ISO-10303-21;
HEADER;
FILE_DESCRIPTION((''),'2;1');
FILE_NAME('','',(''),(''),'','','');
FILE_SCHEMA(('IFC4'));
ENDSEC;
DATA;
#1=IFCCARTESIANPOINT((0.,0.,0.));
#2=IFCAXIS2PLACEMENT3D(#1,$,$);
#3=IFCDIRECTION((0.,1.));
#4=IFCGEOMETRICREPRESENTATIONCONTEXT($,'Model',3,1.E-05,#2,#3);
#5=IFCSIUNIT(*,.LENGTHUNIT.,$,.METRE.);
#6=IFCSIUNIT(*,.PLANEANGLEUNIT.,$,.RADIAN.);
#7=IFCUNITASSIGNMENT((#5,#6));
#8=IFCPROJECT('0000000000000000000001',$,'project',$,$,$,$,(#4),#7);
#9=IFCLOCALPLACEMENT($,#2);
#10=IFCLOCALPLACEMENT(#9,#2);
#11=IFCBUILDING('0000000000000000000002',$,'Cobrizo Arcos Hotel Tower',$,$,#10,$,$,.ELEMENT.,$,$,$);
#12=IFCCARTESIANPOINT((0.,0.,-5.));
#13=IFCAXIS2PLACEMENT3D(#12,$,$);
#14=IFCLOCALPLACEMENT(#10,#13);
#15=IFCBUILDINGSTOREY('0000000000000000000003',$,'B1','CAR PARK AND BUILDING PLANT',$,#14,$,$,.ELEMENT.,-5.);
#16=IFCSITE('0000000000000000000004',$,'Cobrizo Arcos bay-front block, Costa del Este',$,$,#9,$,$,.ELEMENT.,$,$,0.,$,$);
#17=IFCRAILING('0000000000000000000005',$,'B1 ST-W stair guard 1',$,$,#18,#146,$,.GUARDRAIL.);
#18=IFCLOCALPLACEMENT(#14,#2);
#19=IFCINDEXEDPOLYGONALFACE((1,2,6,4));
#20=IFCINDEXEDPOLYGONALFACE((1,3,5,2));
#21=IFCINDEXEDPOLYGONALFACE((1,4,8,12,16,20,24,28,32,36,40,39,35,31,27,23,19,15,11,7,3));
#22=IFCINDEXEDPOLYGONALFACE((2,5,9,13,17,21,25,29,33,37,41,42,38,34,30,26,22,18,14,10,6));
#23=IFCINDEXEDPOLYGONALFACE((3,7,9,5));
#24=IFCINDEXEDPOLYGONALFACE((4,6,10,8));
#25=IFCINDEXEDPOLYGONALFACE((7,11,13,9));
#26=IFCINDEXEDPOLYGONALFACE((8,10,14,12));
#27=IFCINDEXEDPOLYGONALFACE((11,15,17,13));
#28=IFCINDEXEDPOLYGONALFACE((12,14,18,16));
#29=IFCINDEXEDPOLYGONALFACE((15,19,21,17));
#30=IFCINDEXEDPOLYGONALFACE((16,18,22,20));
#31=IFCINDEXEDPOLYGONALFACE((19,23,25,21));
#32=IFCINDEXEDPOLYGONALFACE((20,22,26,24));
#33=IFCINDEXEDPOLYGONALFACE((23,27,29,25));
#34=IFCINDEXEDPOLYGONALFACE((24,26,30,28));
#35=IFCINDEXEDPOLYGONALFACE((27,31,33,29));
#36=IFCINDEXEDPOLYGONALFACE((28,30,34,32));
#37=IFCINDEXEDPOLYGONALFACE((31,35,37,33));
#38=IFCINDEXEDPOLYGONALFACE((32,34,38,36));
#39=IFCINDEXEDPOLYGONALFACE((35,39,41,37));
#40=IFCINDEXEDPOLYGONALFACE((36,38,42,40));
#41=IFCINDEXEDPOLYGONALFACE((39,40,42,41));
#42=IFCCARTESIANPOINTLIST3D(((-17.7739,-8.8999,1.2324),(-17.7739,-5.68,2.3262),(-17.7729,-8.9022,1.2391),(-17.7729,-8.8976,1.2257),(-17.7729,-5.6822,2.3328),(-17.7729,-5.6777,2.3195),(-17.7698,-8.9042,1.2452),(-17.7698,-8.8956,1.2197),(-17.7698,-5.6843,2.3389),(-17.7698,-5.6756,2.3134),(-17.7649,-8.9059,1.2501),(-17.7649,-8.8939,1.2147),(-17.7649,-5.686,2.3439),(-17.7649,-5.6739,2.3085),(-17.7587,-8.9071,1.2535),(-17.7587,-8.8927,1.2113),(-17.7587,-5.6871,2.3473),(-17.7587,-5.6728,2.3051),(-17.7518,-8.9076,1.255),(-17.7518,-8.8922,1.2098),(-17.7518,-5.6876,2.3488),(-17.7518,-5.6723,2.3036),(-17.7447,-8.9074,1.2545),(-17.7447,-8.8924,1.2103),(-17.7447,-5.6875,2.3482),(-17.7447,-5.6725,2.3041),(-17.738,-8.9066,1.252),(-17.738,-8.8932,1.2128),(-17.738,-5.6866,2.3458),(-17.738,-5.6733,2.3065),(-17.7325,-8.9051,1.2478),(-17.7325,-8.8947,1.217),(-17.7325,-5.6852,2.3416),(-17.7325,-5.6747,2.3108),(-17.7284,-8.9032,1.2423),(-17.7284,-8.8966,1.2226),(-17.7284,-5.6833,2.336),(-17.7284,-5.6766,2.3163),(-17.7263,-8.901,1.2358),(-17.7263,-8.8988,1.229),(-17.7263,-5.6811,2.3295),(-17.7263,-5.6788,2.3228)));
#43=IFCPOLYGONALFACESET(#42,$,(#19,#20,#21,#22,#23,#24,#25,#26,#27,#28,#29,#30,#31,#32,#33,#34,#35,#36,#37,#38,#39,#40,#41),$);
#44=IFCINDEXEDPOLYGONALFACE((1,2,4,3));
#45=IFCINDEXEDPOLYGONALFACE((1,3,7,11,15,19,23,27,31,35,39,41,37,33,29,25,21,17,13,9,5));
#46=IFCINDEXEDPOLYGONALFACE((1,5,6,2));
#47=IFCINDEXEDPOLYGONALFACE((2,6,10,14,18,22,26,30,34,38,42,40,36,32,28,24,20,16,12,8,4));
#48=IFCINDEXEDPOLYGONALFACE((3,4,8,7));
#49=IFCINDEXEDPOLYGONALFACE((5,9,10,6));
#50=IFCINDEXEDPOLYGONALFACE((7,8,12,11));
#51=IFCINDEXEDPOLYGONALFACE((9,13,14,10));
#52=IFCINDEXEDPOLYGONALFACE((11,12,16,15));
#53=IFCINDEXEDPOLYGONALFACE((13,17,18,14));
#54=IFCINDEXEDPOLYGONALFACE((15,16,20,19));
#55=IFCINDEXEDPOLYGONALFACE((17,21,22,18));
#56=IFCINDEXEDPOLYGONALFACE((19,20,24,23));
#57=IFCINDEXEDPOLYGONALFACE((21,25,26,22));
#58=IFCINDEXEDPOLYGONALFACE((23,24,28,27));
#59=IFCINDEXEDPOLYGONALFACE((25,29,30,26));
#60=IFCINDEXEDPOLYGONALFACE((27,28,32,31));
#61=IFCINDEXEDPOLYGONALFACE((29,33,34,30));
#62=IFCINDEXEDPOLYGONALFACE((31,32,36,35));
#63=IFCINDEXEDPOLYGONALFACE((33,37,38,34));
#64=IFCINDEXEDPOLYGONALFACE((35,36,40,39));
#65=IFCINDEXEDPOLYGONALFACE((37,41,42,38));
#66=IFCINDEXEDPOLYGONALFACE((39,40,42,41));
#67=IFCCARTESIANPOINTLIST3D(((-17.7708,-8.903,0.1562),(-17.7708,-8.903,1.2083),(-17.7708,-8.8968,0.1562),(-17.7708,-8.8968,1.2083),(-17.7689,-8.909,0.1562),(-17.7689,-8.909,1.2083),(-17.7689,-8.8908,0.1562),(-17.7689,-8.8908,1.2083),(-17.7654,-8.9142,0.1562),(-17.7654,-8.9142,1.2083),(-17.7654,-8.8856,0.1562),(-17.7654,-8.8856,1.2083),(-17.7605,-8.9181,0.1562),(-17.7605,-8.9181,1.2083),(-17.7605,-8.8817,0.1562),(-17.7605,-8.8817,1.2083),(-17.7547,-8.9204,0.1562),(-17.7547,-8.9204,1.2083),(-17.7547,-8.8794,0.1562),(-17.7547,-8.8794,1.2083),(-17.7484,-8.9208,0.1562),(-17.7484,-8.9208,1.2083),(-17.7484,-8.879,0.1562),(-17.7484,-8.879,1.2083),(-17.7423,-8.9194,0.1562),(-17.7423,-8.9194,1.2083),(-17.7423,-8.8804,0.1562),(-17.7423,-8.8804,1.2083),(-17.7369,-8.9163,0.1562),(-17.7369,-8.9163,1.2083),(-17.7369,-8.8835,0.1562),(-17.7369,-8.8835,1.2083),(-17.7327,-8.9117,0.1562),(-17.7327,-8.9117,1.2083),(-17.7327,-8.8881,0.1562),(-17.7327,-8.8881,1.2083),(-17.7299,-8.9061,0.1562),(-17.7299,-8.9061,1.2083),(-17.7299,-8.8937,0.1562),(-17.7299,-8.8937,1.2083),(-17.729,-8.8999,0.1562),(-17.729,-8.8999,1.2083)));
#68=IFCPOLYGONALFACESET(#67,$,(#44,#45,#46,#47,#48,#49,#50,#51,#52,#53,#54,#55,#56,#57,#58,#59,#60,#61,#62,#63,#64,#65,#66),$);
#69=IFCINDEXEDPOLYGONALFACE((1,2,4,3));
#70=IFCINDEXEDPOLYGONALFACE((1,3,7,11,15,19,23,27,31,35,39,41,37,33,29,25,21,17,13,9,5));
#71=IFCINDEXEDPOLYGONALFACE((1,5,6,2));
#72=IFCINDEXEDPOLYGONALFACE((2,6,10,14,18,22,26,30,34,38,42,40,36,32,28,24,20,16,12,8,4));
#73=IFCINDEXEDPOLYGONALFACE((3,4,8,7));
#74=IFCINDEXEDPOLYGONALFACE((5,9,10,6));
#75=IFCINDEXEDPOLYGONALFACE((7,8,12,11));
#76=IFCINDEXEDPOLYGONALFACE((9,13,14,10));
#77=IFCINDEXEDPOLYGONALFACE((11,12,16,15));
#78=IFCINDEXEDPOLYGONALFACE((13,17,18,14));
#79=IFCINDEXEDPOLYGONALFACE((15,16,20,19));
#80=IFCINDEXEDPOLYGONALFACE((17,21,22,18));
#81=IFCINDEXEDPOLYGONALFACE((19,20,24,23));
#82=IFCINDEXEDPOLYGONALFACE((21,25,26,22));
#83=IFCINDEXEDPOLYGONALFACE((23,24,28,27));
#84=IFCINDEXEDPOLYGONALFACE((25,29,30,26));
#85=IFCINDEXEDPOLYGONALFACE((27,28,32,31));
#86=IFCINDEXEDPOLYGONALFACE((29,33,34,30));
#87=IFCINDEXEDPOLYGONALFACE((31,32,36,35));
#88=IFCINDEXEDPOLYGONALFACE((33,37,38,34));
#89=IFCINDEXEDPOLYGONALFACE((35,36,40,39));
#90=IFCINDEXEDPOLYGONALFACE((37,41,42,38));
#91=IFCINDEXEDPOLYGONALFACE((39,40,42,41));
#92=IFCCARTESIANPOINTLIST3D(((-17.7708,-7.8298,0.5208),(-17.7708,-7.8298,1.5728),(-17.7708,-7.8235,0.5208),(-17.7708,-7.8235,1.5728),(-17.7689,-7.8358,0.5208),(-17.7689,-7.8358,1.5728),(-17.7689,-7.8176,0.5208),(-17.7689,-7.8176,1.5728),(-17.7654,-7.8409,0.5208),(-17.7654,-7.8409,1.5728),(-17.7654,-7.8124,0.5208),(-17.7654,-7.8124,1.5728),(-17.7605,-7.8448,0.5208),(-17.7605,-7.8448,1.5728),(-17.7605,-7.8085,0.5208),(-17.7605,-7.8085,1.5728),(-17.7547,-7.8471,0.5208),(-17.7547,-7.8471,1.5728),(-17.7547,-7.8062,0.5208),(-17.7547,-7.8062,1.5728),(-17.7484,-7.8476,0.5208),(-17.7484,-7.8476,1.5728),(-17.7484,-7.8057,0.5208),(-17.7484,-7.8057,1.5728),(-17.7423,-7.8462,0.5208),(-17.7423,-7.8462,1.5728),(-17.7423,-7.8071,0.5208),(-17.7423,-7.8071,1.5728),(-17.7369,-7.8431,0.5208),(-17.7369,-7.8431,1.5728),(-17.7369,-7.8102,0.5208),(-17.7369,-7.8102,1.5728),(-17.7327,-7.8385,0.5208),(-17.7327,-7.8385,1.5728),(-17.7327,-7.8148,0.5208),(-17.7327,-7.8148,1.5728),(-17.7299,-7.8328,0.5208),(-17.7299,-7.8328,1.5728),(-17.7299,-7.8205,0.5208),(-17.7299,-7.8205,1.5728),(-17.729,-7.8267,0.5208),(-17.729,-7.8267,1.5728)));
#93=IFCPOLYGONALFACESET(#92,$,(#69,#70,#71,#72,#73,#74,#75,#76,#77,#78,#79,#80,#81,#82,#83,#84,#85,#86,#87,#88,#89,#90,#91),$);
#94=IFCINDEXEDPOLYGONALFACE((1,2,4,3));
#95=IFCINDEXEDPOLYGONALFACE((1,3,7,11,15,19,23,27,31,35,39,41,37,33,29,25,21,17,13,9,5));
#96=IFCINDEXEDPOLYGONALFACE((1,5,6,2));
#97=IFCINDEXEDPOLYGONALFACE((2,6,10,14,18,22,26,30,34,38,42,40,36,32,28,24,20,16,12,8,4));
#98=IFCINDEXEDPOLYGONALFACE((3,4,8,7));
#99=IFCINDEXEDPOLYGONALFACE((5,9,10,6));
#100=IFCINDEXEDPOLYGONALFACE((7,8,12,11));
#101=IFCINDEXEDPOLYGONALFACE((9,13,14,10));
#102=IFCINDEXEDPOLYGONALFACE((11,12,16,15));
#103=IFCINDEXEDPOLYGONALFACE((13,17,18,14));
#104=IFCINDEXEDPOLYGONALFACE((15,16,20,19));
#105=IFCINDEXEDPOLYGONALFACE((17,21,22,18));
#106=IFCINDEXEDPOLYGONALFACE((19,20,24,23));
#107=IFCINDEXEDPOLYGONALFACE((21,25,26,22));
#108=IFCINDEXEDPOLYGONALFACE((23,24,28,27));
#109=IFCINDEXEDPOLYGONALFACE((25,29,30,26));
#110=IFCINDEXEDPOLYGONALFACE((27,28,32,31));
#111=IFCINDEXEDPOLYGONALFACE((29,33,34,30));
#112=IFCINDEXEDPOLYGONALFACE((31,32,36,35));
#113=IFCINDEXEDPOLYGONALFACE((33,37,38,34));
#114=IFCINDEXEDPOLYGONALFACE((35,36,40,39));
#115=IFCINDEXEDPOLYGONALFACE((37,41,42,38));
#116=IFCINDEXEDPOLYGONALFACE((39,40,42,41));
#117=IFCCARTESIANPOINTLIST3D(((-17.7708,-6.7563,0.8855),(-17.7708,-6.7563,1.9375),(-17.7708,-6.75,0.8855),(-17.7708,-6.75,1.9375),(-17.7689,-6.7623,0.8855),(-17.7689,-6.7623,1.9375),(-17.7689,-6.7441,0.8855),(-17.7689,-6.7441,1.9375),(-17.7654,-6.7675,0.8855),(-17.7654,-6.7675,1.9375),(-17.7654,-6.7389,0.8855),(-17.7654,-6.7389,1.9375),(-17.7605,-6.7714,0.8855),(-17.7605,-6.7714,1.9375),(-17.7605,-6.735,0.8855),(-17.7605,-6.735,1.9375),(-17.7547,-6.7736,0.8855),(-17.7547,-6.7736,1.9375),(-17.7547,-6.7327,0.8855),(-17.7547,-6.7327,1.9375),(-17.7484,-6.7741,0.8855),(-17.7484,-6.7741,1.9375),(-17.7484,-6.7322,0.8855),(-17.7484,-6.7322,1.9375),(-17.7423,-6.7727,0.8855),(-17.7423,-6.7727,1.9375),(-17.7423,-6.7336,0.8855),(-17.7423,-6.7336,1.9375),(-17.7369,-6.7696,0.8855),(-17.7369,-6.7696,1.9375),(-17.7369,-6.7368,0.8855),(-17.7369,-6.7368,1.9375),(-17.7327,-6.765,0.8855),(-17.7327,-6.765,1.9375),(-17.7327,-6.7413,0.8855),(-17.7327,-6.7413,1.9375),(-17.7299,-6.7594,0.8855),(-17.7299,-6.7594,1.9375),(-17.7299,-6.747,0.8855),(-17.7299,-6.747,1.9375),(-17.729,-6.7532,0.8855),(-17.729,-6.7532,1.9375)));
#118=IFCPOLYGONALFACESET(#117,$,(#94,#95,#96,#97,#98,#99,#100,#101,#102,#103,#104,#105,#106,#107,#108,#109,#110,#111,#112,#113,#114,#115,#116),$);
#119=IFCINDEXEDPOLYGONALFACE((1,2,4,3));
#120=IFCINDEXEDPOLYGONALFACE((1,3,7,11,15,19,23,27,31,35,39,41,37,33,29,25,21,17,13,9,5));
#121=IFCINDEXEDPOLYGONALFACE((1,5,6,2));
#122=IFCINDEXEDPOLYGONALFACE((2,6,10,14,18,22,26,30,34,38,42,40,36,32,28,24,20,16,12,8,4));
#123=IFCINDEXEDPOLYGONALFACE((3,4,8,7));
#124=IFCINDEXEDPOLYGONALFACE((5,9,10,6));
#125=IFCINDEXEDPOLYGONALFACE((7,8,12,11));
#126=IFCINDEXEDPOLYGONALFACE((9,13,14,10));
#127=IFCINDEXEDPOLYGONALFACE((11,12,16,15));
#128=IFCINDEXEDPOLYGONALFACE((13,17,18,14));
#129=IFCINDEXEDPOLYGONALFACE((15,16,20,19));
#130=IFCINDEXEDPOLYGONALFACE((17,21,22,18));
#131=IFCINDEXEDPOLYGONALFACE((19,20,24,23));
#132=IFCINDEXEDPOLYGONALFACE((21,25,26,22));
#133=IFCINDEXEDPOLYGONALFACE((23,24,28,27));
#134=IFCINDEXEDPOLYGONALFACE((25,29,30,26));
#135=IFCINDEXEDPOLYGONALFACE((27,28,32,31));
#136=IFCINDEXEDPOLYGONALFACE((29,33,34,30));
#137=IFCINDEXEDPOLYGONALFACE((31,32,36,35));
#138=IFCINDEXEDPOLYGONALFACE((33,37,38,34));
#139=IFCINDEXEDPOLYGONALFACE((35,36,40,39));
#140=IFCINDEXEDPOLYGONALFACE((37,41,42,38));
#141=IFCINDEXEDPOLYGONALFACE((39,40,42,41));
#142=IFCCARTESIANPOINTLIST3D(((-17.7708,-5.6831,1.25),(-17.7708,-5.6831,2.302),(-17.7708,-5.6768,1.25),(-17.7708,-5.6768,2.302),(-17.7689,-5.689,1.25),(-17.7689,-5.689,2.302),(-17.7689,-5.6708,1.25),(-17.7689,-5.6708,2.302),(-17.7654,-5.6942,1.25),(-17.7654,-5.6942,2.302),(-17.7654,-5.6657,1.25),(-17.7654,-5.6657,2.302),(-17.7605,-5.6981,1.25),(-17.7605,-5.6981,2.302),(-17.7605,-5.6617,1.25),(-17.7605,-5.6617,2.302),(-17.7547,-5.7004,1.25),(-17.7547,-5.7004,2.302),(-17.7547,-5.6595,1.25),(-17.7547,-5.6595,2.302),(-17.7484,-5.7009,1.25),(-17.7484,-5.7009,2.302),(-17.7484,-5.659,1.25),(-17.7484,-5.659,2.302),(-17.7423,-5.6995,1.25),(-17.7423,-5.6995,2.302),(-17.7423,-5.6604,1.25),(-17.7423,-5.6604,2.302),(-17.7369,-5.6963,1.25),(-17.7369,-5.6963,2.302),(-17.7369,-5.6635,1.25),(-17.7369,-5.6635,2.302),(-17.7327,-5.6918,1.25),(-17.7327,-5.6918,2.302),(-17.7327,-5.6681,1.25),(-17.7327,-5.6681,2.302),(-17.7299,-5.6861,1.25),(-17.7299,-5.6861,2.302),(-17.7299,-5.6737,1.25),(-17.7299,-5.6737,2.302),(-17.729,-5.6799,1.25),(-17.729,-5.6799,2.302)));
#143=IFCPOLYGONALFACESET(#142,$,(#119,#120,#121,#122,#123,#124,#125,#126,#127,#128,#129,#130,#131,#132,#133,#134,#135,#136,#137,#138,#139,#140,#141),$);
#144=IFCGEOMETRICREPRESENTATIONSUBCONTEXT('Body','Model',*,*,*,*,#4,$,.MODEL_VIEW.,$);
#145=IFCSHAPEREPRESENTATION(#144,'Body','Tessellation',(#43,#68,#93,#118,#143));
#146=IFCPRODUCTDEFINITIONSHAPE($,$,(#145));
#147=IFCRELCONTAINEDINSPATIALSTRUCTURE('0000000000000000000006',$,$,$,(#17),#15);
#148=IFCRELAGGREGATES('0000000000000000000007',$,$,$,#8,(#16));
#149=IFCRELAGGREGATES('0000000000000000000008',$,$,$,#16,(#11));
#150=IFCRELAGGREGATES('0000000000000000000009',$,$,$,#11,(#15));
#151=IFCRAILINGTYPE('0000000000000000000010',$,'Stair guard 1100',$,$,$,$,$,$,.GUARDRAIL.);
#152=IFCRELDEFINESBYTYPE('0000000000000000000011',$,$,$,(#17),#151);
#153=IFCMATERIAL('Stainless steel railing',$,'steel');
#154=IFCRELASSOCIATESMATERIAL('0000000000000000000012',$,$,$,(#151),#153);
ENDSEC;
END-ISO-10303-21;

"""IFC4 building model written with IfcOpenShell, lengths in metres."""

from ifc_helpers import new_model, si_unit, direction, frame, origin, origin_2d, place, context, subcontext, project, spatial, circle, extrude, material, type_object, element, save


model = new_model("IFC4")

# Units and contexts
model_context = context("Model", 3, precision=1e-05, world=origin(), true_north=direction((0.0, 1.0)))
body_context = subcontext(model_context, "Body", "Model", "MODEL_VIEW")
ifc_project = project(units=[si_unit("LENGTHUNIT", "METRE"), si_unit("PLANEANGLEUNIT", "RADIAN")], contexts=[model_context])

# Site, building, storey
site_placement = place(None, origin())
site = spatial("IfcSite", under=ifc_project, at=site_placement, Name="Cobrizo Arcos bay-front block, Costa del Este", CompositionType="ELEMENT", RefElevation=0.0)
building_placement = place(site_placement, origin())
building = spatial("IfcBuilding", under=site, at=building_placement, Name="Cobrizo Arcos Hotel Tower", CompositionType="ELEMENT")
storey_placement = place(building_placement, frame((0.0, 0.0, -5.0)))
storey = spatial("IfcBuildingStorey", under=building, at=storey_placement, Name="B1", Description="CAR PARK AND BUILDING PLANT", CompositionType="ELEMENT", Elevation=-5.0)

# Railing
ifc_material_1 = material(Name="Stainless steel railing", Category="steel")
railing_type = type_object("IfcRailingType", Name="Stair guard 1100", PredefinedType="GUARDRAIL", material=ifc_material_1)
railing_1_placement = place(storey_placement, frame((-17.75, -8.8999, 0.1562)))
element("IfcRailing", 1, at=railing_1_placement, inside=storey, type_object=railing_type, Name="B1 ST-W stair guard 1", PredefinedType="GUARDRAIL", context=body_context, shape_type="SweptSolid", body=[
    extrude(circle(Radius=0.0239, at=origin_2d()), frame((0.0, 0.0, 1.0762), z_axis=(0.0, 0.946866, 0.321629), x_axis=(-1.0, 0.0, 0.0)), (0.0, 0.0, 1.0), 3.4006),
    extrude(circle(Radius=0.021, at=origin_2d()), origin(), (0.0, 0.0, 1.0), 1.052),
    extrude(circle(Radius=0.021, at=origin_2d()), frame((0.0, 1.0732, 0.3645)), (0.0, 0.0, 1.0), 1.052),
    extrude(circle(Radius=0.021, at=origin_2d()), frame((0.0, 2.1467, 0.7292)), (0.0, 0.0, 1.0), 1.052),
    extrude(circle(Radius=0.021, at=origin_2d()), frame((0.0, 3.22, 1.0938)), (0.0, 0.0, 1.0), 1.052),
])

save(model, "model.ifc")
